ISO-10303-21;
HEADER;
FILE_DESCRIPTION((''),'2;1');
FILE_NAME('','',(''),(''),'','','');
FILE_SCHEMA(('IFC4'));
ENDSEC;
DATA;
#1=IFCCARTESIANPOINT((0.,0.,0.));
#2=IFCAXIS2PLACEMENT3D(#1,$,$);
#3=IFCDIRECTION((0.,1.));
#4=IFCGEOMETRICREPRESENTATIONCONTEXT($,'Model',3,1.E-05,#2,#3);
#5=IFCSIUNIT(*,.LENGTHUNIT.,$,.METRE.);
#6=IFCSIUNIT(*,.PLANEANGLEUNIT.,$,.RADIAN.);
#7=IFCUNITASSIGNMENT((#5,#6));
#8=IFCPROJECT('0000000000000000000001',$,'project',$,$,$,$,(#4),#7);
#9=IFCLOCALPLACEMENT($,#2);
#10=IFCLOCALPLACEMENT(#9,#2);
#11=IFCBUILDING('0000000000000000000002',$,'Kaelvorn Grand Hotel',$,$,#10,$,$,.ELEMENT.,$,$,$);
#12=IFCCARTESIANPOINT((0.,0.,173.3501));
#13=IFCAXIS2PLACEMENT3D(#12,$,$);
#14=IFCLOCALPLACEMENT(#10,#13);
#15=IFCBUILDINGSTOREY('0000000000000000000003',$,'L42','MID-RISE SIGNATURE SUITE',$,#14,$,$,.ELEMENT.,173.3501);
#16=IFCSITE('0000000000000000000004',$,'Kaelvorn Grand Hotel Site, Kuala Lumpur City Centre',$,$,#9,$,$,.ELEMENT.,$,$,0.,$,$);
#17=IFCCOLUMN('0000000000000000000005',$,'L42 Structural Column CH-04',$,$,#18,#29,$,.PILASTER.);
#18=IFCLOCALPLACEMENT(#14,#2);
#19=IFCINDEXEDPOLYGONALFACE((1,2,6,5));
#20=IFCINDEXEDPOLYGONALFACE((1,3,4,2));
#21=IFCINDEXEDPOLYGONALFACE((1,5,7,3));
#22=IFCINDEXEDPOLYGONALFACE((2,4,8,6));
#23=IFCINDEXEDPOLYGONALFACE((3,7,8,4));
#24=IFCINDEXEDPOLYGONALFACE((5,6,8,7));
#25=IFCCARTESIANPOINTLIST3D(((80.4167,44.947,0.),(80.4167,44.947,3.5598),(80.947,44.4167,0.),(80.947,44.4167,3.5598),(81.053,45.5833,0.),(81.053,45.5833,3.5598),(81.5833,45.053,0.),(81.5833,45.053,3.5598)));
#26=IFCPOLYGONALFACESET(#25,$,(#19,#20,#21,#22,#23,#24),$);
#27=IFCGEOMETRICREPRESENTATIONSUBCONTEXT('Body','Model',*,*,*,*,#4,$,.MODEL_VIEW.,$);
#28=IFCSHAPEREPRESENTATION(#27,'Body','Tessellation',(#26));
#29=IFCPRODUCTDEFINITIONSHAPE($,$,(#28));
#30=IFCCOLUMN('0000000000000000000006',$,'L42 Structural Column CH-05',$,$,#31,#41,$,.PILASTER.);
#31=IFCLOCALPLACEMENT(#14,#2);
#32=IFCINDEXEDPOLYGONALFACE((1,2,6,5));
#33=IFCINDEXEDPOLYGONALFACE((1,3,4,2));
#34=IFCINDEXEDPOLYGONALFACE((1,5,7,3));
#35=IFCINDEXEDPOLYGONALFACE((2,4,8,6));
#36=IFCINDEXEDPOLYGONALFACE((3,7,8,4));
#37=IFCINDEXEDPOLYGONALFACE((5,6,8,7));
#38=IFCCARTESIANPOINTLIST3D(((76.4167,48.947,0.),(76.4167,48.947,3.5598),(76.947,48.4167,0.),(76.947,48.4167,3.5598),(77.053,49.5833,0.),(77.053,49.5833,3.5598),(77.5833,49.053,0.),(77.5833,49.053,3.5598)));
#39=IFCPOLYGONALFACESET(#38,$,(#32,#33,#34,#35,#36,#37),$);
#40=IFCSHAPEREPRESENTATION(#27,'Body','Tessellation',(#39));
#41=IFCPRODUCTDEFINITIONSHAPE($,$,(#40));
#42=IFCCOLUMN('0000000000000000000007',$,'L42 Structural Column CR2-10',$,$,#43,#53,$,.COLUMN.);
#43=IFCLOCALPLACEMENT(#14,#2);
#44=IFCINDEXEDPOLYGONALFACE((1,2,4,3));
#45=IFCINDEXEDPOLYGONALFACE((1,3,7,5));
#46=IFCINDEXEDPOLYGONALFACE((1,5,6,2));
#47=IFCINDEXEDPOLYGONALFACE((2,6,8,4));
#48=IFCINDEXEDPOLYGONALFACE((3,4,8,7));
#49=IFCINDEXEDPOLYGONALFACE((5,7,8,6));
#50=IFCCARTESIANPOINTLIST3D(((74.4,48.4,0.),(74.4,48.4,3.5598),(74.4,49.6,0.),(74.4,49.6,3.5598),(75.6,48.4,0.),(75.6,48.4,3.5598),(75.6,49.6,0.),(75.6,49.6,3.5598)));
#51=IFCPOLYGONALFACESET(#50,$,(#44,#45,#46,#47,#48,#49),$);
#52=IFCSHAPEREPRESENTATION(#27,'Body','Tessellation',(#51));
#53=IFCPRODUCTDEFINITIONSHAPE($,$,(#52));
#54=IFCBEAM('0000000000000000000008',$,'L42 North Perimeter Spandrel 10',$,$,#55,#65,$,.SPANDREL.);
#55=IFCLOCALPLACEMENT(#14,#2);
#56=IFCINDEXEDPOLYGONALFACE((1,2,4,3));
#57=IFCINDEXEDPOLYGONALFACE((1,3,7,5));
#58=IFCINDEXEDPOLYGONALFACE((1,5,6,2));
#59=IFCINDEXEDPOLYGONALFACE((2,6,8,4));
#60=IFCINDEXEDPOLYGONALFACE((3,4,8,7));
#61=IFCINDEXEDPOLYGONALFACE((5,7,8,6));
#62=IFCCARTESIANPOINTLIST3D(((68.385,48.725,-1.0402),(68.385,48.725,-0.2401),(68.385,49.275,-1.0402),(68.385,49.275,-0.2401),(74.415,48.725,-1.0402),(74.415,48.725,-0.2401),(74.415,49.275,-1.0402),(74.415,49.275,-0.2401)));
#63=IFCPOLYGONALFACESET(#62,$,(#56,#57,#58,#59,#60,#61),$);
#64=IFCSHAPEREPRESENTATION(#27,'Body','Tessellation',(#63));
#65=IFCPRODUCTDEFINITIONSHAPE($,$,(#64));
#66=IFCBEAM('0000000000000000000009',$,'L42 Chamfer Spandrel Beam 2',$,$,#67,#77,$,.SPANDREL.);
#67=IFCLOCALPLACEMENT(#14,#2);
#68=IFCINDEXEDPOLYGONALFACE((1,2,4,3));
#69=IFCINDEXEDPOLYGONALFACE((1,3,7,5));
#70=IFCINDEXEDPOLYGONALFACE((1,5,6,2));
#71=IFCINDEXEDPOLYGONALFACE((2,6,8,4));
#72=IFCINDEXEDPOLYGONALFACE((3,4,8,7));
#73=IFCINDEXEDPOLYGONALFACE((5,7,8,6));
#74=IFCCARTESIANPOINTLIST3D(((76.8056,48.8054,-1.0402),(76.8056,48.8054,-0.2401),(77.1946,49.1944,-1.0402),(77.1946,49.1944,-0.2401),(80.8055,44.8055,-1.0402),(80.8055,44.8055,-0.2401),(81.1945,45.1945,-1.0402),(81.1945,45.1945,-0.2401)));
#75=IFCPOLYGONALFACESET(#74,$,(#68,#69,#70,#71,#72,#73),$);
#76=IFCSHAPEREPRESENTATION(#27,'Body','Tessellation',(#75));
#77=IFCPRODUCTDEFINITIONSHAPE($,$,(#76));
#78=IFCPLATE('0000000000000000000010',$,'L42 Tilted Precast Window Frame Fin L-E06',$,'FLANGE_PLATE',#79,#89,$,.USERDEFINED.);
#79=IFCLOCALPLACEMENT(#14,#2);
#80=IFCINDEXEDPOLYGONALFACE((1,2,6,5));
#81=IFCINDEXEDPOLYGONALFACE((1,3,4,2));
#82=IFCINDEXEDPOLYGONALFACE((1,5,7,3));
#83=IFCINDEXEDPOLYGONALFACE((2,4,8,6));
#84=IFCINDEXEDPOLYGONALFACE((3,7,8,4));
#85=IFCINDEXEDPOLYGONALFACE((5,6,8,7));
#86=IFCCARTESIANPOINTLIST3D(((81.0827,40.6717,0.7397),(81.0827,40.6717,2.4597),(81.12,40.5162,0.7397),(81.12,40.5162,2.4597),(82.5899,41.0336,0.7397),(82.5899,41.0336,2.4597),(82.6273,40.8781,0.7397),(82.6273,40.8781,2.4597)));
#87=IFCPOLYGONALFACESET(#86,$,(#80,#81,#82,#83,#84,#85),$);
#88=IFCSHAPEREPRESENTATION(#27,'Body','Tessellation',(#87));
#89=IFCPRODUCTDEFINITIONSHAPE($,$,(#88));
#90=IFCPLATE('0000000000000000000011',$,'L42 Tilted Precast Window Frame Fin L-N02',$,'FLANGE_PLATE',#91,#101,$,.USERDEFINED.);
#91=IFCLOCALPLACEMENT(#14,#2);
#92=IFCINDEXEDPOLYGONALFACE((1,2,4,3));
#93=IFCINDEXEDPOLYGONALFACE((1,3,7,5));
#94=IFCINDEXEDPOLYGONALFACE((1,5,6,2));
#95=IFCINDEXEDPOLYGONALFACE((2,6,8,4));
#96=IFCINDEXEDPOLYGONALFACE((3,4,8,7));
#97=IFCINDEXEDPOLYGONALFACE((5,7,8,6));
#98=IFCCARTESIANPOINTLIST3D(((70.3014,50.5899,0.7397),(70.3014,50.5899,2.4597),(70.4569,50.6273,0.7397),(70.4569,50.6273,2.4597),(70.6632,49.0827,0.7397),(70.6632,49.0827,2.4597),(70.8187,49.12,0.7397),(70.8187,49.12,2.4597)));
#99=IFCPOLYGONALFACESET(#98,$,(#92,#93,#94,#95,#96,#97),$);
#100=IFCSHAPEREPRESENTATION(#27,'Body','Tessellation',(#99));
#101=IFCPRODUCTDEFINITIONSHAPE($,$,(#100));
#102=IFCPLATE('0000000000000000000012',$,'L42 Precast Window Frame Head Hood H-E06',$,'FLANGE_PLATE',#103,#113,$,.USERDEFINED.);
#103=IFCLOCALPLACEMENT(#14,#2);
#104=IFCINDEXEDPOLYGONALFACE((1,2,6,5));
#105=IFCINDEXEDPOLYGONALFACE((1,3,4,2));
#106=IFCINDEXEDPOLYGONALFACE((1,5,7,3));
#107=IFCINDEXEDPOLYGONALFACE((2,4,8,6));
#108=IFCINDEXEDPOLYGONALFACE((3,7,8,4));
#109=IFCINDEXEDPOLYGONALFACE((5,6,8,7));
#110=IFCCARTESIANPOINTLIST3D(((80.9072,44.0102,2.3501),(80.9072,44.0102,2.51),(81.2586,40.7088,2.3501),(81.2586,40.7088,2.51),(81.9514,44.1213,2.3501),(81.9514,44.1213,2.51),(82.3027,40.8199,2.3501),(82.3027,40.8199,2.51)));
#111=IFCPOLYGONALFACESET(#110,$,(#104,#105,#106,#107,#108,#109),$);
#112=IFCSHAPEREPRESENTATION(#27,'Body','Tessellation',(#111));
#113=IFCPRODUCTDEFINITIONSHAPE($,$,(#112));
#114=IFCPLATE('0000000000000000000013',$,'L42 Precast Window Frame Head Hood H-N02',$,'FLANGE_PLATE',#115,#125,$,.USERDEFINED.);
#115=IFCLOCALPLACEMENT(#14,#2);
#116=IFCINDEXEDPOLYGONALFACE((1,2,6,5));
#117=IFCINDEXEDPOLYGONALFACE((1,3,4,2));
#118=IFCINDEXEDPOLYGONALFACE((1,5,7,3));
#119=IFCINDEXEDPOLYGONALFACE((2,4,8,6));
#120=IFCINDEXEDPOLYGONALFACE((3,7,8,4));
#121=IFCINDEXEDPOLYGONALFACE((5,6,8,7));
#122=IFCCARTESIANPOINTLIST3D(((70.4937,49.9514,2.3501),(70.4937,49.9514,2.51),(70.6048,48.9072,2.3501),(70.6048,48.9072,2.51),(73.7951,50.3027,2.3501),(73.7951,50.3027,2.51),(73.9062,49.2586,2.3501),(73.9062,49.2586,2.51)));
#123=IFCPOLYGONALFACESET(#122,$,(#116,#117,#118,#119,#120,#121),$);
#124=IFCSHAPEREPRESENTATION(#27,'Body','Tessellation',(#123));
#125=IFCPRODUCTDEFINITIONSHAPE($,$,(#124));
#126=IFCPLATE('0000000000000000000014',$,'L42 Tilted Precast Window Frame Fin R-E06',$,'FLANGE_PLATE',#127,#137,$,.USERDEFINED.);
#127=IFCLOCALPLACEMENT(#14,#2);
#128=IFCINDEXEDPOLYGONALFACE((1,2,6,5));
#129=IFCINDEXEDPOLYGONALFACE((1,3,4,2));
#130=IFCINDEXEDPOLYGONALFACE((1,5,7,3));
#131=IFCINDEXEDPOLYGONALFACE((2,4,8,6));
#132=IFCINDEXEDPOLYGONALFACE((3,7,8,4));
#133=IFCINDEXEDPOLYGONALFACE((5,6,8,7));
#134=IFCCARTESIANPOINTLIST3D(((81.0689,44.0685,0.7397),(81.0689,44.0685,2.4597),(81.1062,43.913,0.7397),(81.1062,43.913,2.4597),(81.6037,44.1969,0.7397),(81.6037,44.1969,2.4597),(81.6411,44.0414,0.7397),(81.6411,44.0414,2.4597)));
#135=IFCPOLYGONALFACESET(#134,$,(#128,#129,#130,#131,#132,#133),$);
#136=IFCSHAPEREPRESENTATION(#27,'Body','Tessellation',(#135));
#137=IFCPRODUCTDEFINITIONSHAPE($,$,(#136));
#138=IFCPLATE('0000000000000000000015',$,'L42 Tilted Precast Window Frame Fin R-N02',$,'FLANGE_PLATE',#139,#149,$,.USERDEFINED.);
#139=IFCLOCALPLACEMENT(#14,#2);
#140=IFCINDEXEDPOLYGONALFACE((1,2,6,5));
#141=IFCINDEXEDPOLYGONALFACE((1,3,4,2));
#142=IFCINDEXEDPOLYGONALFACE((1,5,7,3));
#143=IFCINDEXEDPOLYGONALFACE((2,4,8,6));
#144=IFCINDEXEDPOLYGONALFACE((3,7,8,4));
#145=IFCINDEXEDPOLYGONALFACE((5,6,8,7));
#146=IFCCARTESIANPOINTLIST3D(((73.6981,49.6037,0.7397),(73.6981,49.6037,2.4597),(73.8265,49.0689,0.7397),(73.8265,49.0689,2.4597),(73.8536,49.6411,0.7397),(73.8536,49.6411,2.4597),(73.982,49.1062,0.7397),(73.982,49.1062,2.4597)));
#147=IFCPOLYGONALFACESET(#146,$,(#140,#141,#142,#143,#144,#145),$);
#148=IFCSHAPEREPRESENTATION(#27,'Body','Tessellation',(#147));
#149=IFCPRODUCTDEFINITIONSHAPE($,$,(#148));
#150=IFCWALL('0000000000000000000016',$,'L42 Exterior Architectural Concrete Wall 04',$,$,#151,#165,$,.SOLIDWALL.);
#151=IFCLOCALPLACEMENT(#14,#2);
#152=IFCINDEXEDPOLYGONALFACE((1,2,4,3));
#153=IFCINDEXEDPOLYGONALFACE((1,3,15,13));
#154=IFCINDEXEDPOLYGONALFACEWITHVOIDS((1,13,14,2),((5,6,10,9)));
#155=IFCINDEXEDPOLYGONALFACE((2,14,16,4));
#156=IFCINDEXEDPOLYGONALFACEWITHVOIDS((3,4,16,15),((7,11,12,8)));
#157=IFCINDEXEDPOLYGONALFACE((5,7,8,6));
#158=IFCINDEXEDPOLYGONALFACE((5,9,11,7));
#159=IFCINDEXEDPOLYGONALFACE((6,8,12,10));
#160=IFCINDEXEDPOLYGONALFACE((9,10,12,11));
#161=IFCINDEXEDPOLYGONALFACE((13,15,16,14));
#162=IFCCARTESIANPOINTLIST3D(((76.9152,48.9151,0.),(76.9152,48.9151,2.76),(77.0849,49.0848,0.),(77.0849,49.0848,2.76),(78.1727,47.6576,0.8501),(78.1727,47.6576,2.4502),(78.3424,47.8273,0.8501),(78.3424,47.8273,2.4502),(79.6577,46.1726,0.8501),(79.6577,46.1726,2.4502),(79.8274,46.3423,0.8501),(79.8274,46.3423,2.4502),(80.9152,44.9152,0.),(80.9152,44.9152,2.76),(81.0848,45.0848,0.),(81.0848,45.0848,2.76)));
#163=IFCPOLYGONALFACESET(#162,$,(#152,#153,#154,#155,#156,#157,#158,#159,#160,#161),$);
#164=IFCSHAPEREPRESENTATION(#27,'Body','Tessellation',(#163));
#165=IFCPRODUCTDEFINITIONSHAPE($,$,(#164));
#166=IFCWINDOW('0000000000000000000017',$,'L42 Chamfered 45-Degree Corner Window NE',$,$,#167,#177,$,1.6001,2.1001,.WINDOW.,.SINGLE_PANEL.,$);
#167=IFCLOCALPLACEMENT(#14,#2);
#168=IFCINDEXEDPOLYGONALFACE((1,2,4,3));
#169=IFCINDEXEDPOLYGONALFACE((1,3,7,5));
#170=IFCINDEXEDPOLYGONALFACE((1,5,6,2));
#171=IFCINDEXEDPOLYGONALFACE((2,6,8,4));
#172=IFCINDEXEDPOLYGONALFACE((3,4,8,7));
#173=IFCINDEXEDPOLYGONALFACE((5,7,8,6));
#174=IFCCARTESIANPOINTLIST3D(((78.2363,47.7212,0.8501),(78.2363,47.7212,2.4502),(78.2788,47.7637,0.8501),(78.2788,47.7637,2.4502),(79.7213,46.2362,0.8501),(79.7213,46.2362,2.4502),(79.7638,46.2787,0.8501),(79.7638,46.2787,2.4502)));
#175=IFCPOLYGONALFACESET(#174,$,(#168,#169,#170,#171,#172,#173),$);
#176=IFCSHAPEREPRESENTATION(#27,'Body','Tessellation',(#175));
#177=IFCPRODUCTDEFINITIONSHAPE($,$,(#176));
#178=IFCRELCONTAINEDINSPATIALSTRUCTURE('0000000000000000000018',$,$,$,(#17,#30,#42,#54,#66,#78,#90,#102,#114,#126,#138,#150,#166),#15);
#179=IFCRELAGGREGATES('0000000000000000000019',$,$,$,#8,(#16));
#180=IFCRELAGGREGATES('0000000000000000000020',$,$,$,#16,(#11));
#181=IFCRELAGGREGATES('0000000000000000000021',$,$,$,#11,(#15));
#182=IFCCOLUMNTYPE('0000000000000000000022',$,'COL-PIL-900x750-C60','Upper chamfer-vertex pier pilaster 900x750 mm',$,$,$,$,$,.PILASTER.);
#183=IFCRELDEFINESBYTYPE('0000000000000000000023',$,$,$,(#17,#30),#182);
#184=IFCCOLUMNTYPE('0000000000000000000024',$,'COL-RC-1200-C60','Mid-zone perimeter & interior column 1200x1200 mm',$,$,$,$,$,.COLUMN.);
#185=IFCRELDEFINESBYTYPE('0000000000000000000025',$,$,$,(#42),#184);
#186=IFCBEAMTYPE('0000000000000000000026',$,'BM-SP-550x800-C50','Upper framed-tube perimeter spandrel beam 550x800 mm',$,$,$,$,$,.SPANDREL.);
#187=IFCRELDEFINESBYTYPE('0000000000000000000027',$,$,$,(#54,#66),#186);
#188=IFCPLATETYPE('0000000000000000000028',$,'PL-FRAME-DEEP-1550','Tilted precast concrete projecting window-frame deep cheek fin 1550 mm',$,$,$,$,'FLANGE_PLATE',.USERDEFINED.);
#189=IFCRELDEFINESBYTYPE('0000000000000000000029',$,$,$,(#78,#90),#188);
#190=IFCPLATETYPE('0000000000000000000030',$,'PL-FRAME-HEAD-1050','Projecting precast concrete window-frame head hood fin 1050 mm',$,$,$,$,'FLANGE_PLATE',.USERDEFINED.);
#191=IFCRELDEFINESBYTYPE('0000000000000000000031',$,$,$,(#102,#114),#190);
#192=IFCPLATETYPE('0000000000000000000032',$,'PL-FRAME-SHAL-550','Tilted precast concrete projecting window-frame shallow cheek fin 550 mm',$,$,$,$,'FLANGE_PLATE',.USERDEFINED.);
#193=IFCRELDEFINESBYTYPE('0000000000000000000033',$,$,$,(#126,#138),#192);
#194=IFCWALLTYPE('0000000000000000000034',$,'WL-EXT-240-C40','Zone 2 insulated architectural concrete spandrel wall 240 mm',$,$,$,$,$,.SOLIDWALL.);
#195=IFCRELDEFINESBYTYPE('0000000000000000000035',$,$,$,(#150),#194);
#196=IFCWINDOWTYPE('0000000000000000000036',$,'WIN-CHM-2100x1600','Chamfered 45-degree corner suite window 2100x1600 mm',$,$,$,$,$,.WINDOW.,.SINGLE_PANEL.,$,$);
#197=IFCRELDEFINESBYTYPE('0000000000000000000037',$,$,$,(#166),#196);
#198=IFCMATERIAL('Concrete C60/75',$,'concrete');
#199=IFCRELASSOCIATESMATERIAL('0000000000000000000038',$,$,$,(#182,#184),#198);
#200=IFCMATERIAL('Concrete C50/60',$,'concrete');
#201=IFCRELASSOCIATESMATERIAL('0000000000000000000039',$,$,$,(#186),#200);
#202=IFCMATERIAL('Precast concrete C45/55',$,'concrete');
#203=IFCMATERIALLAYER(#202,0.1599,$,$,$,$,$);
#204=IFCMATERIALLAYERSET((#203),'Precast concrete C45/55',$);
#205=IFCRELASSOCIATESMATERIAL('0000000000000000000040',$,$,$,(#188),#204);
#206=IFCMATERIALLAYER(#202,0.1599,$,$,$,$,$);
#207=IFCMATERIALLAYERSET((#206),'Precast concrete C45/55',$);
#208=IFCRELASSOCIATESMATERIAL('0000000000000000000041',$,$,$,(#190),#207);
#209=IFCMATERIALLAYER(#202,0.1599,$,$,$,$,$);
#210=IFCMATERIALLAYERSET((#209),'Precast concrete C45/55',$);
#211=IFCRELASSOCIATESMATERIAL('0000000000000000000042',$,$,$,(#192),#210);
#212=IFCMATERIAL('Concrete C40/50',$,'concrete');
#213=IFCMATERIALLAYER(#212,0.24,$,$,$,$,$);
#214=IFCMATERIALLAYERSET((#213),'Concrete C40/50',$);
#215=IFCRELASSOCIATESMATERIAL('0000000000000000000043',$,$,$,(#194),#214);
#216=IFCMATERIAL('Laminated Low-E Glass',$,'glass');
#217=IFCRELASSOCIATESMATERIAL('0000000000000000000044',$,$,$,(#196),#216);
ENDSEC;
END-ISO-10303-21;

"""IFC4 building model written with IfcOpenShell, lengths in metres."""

from ifc_helpers import new_model, si_unit, direction, frame, frame_2d, origin, origin_2d, place, context, subcontext, project, spatial, rectangle, extrude, material, layer, layer_set, material_profile, profile_set, type_object, element, fill, save


model = new_model("IFC4")

# Units and contexts
model_context = context("Model", 3, precision=1e-05, world=origin(), true_north=direction((0.0, 1.0)))
body_context = subcontext(model_context, "Body", "Model", "MODEL_VIEW")
ifc_project = project(units=[si_unit("LENGTHUNIT", "METRE"), si_unit("PLANEANGLEUNIT", "RADIAN")], contexts=[model_context])

# Site, building, storey
site_placement = place(None, origin())
site = spatial("IfcSite", under=ifc_project, at=site_placement, Name="Kaelvorn Grand Hotel Site, Kuala Lumpur City Centre", CompositionType="ELEMENT", RefElevation=0.0)
building_placement = place(site_placement, origin())
building = spatial("IfcBuilding", under=site, at=building_placement, Name="Kaelvorn Grand Hotel", CompositionType="ELEMENT")
storey_placement = place(building_placement, frame((0.0, 0.0, 173.3501)))
storey = spatial("IfcBuildingStorey", under=building, at=storey_placement, Name="L42", Description="MID-RISE SIGNATURE SUITE", CompositionType="ELEMENT", Elevation=173.3501)

# Columns
ifc_material_1 = material(Name="Concrete C60/75", Category="concrete")
ifc_material_profile_1 = material_profile(ifc_material_1, rectangle(XDim=0.8999, YDim=0.75, at=origin_2d()), Name="RC PILASTER 900x750")
ifc_profile_set_1 = profile_set([ifc_material_profile_1], Name="Concrete C60/75")
column_type_1 = type_object("IfcColumnType", Name="COL-PIL-900x750-C60", Description="Upper chamfer-vertex pier pilaster 900x750 mm", PredefinedType="PILASTER", material=ifc_profile_set_1)
for number, where, z_axis, x_axis, name in (
    (1, (81.0, 45.0, 0.0), (0.0, 0.0, 1.0), (0.707107, 0.707107, 0.0), "L42 Structural Column CH-04"),
    (2, (77.0, 49.0, 0.0), (0.0, 0.0, 1.0), (0.707107, 0.707107, 0.0), "L42 Structural Column CH-05"),
):
    element("IfcColumn", number, at=place(storey_placement, frame(where, z_axis=z_axis, x_axis=x_axis)), inside=storey, type_object=column_type_1, Name=name, PredefinedType="PILASTER", context=body_context, shape_type="SweptSolid", body=[
        extrude(rectangle(XDim=0.8999, YDim=0.75, at=origin_2d()), origin(), (0.0, 0.0, 1.0), 3.5598),
    ])
ifc_material_profile_2 = material_profile(ifc_material_1, rectangle(XDim=1.2, YDim=1.2, at=origin_2d()), Name="RC COL 1200x1200")
ifc_profile_set_2 = profile_set([ifc_material_profile_2], Name="Concrete C60/75")
column_type_2 = type_object("IfcColumnType", Name="COL-RC-1200-C60", Description="Mid-zone perimeter & interior column 1200x1200 mm", PredefinedType="COLUMN", material=ifc_profile_set_2)
column_placement = place(storey_placement, frame((75.0, 49.0, 0.0), z_axis=(0.0, 0.0, 1.0), x_axis=(1.0, 0.0, 0.0)))
element("IfcColumn", 3, at=column_placement, inside=storey, type_object=column_type_2, Name="L42 Structural Column CR2-10", PredefinedType="COLUMN", context=body_context, shape_type="SweptSolid", body=[
    extrude(rectangle(XDim=1.2, YDim=1.2, at=origin_2d()), origin(), (0.0, 0.0, 1.0), 3.5598),
])

# Beams
ifc_material_2 = material(Name="Concrete C50/60", Category="concrete")
ifc_material_profile_3 = material_profile(ifc_material_2, rectangle(XDim=0.55, YDim=0.8, at=origin_2d()), Name="RC SPANDREL 550x800")
ifc_profile_set_3 = profile_set([ifc_material_profile_3], Name="Concrete C50/60")
beam_type = type_object("IfcBeamType", Name="BM-SP-550x800-C50", Description="Upper framed-tube perimeter spandrel beam 550x800 mm", PredefinedType="SPANDREL", material=ifc_profile_set_3)
beam_1_placement = place(storey_placement, frame((68.385, 49.0, -0.6401), z_axis=(1.0, 0.0, 0.0), x_axis=(0.0, 1.0, 0.0)))
element("IfcBeam", 4, at=beam_1_placement, inside=storey, type_object=beam_type, Name="L42 North Perimeter Spandrel 10", PredefinedType="SPANDREL", context=body_context, shape_type="SweptSolid", body=[
    extrude(rectangle(XDim=0.55, YDim=0.8, at=origin_2d()), origin(), (0.0, 0.0, 1.0), 6.03),
])
beam_2_placement = place(storey_placement, frame((81.0, 45.0, -0.6401), z_axis=(-0.707107, 0.707107, 0.0), x_axis=(-0.707107, -0.707107, 0.0)))
element("IfcBeam", 5, at=beam_2_placement, inside=storey, type_object=beam_type, Name="L42 Chamfer Spandrel Beam 2", PredefinedType="SPANDREL", context=body_context, shape_type="SweptSolid", body=[
    extrude(rectangle(XDim=0.55, YDim=0.8, at=origin_2d()), origin(), (0.0, 0.0, 1.0), 5.6567),
])

# Plates
ifc_material_3 = material(Name="Precast concrete C45/55", Category="concrete")
ifc_layer_1 = layer(ifc_material_3, 0.1599)
ifc_layer_set_1 = layer_set([ifc_layer_1], Name="Precast concrete C45/55")
plate_type_1 = type_object("IfcPlateType", Name="PL-FRAME-DEEP-1550", Description="Tilted precast concrete projecting window-frame deep cheek fin 1550 mm", ElementType="FLANGE_PLATE", PredefinedType="USERDEFINED", material=ifc_layer_set_1)
for number, where, z_axis, x_axis, name in (
    (6, (81.855, 40.7749, 0.7397), (0.0, 0.0, 1.0), (-0.233445, 0.97237, 0.0), "L42 Tilted Precast Window Frame Fin L-E06"),
    (7, (70.5601, 49.855, 0.7397), (0.0, 0.0, 1.0), (0.97237, 0.233445, 0.0), "L42 Tilted Precast Window Frame Fin L-N02"),
):
    element("IfcPlate", number, at=place(storey_placement, frame(where, z_axis=z_axis, x_axis=x_axis)), inside=storey, type_object=plate_type_1, Name=name, ObjectType="FLANGE_PLATE", PredefinedType="USERDEFINED", context=body_context, shape_type="SweptSolid", body=[
        extrude(rectangle(XDim=0.1599, YDim=1.55, at=origin_2d()), origin(), (0.0, 0.0, 1.0), 1.72),
    ])
ifc_layer_2 = layer(ifc_material_3, 0.1599)
ifc_layer_set_2 = layer_set([ifc_layer_2], Name="Precast concrete C45/55")
plate_type_2 = type_object("IfcPlateType", Name="PL-FRAME-HEAD-1050", Description="Projecting precast concrete window-frame head hood fin 1050 mm", ElementType="FLANGE_PLATE", PredefinedType="USERDEFINED", material=ifc_layer_set_2)
for number, where, z_axis, x_axis, name in (
    (8, (81.605, 42.415, 2.3501), (0.0, 0.0, 1.0), (-0.10583, 0.994384, 0.0), "L42 Precast Window Frame Head Hood H-E06"),
    (9, (72.2, 49.605, 2.3501), (0.0, 0.0, 1.0), (0.994384, 0.10583, 0.0), "L42 Precast Window Frame Head Hood H-N02"),
):
    element("IfcPlate", number, at=place(storey_placement, frame(where, z_axis=z_axis, x_axis=x_axis)), inside=storey, type_object=plate_type_2, Name=name, ObjectType="FLANGE_PLATE", PredefinedType="USERDEFINED", context=body_context, shape_type="SweptSolid", body=[
        extrude(rectangle(XDim=3.3201, YDim=1.05, at=origin_2d()), origin(), (0.0, 0.0, 1.0), 0.1599),
    ])
ifc_layer_3 = layer(ifc_material_3, 0.1599)
ifc_layer_set_3 = layer_set([ifc_layer_3], Name="Precast concrete C45/55")
plate_type_3 = type_object("IfcPlateType", Name="PL-FRAME-SHAL-550", Description="Tilted precast concrete projecting window-frame shallow cheek fin 550 mm", ElementType="FLANGE_PLATE", PredefinedType="USERDEFINED", material=ifc_layer_set_3)
for number, where, z_axis, x_axis, name in (
    (10, (81.355, 44.0549, 0.7397), (0.0, 0.0, 1.0), (-0.233445, 0.97237, 0.0), "L42 Tilted Precast Window Frame Fin R-E06"),
    (11, (73.8401, 49.355, 0.7397), (0.0, 0.0, 1.0), (0.97237, 0.233445, 0.0), "L42 Tilted Precast Window Frame Fin R-N02"),
):
    element("IfcPlate", number, at=place(storey_placement, frame(where, z_axis=z_axis, x_axis=x_axis)), inside=storey, type_object=plate_type_3, Name=name, ObjectType="FLANGE_PLATE", PredefinedType="USERDEFINED", context=body_context, shape_type="SweptSolid", body=[
        extrude(rectangle(XDim=0.1599, YDim=0.55, at=origin_2d()), origin(), (0.0, 0.0, 1.0), 1.72),
    ])

# Wall, opening, window
ifc_material_4 = material(Name="Concrete C40/50", Category="concrete")
ifc_layer_4 = layer(ifc_material_4, 0.24)
ifc_layer_set_4 = layer_set([ifc_layer_4], Name="Concrete C40/50")
wall_type = type_object("IfcWallType", Name="WL-EXT-240-C40", Description="Zone 2 insulated architectural concrete spandrel wall 240 mm", PredefinedType="SOLIDWALL", material=ifc_layer_set_4)
wall_1_placement = place(storey_placement, frame((81.0, 45.0, 0.0), z_axis=(0.0, 0.0, 1.0), x_axis=(-0.707107, 0.707107, 0.0)))
wall_1 = element("IfcWall", 12, at=wall_1_placement, inside=storey, type_object=wall_type, Name="L42 Exterior Architectural Concrete Wall 04", PredefinedType="SOLIDWALL", context=body_context, shape_type="SweptSolid", body=[
    extrude(rectangle(XDim=5.6567, YDim=0.24, at=frame_2d((2.8284, 0.0))), origin(), (0.0, 0.0, 1.0), 2.76),
])
opening_1_placement = place(wall_1_placement, frame((1.7783, 0.0, 0.8501)))
opening_1 = element("IfcOpeningElement", 13, at=opening_1_placement, cuts=wall_1, PredefinedType="OPENING", context=body_context, shape_type="SweptSolid", body=[
    extrude(rectangle(XDim=2.1001, YDim=1.6001, at=frame_2d((1.05, 0.8))), frame((0.0, 0.1299, 0.0), z_axis=(0.0, -1.0, 0.0), x_axis=(1.0, 0.0, 0.0)), (0.0, 0.0, 1.0), 0.26),
])
ifc_material_5 = material(Name="Laminated Low-E Glass", Category="glass")
window_type_1 = type_object("IfcWindowType", Name="WIN-CHM-2100x1600", Description="Chamfered 45-degree corner suite window 2100x1600 mm", PartitioningType="SINGLE_PANEL", PredefinedType="WINDOW", material=ifc_material_5)
window_1_placement = place(opening_1_placement, origin())
window_1 = element("IfcWindow", 14, at=window_1_placement, inside=storey, type_object=window_type_1, Name="L42 Chamfered 45-Degree Corner Window NE", OverallHeight=1.6001, OverallWidth=2.1001, PartitioningType="SINGLE_PANEL", PredefinedType="WINDOW", context=body_context, shape_type="SweptSolid", body=[
    extrude(rectangle(XDim=2.1001, YDim=1.6001, at=frame_2d((1.05, 0.8))), frame((0.0, 0.03, 0.0), z_axis=(0.0, -1.0, 0.0), x_axis=(1.0, 0.0, 0.0)), (0.0, 0.0, 1.0), 0.0601),
])
fill(opening_1, window_1)

save(model, "model.ifc")
